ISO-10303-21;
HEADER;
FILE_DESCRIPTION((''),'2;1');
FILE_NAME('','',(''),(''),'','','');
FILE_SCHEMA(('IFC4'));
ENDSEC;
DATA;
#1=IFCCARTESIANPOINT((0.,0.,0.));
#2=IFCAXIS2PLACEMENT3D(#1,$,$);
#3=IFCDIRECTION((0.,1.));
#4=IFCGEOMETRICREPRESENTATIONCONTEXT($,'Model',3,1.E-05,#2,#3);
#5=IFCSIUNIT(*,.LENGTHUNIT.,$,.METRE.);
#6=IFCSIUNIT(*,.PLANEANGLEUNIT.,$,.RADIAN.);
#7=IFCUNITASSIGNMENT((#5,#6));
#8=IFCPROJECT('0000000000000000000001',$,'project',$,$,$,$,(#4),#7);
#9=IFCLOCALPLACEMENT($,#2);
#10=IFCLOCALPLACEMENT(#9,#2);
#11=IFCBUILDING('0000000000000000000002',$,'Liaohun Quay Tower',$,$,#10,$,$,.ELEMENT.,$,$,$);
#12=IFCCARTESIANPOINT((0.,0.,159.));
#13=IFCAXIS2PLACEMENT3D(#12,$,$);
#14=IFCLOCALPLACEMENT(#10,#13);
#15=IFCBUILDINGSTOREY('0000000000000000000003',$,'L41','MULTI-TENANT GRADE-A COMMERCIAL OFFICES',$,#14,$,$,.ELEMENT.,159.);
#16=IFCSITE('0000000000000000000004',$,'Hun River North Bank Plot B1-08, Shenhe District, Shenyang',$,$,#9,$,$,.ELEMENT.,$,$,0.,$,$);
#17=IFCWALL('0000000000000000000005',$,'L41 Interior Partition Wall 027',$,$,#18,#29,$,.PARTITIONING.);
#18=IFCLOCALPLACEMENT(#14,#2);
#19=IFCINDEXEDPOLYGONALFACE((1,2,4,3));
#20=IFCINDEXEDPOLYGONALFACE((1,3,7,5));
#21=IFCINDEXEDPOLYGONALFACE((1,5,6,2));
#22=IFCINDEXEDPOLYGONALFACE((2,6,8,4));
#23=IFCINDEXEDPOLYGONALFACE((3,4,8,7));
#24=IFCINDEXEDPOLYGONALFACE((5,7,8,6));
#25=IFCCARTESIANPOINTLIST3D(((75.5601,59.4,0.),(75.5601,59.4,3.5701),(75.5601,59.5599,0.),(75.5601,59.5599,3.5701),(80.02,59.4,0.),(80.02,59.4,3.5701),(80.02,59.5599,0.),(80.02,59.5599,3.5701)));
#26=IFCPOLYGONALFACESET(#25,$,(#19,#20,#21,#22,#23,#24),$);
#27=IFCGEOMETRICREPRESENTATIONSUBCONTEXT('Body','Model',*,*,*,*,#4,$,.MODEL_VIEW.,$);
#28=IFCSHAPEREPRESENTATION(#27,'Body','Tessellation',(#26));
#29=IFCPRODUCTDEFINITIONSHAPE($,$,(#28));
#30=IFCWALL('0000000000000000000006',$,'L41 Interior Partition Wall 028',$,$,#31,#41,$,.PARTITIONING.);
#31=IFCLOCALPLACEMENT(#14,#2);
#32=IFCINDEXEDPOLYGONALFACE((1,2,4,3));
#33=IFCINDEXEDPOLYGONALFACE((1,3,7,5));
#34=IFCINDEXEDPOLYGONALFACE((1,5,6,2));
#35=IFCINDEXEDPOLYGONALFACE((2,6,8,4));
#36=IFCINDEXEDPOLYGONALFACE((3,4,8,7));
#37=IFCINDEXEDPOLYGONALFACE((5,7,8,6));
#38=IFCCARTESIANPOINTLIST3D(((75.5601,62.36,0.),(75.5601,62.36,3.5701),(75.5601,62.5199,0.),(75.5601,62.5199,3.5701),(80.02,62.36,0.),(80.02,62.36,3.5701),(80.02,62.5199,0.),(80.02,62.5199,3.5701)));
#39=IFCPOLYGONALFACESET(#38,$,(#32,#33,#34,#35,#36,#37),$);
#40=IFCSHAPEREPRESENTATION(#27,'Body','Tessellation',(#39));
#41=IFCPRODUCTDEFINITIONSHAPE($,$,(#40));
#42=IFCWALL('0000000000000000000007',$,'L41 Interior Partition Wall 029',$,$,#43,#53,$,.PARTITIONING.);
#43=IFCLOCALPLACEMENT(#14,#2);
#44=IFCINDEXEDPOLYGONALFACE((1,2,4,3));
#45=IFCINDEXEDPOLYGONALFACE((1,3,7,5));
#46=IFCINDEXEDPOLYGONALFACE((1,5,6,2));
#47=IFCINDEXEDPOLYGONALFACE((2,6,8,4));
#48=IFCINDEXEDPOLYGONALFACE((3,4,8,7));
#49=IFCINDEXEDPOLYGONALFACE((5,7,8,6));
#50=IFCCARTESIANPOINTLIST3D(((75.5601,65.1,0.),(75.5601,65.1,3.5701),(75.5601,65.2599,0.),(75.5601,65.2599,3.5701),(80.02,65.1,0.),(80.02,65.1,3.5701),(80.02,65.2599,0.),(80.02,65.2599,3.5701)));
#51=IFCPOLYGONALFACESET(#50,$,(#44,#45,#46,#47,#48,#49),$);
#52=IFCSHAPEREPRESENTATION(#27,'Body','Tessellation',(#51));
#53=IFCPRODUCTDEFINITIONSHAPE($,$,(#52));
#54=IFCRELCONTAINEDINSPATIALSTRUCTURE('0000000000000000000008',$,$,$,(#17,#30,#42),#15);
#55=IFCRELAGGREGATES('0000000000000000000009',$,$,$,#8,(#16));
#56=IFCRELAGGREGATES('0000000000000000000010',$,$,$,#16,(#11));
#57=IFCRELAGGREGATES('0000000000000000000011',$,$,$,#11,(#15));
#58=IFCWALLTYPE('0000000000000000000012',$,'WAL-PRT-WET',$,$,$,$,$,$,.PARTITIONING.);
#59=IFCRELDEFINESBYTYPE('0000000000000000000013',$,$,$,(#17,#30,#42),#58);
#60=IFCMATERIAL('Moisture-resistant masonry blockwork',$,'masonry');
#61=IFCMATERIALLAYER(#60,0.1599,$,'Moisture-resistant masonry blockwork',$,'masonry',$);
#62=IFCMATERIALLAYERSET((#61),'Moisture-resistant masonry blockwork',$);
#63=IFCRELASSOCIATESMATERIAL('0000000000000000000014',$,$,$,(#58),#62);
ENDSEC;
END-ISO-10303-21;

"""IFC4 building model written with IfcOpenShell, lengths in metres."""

from ifc_helpers import new_model, si_unit, direction, frame, frame_2d, origin, place, context, subcontext, project, spatial, rectangle, extrude, material, layer, layer_set, type_object, element, save


model = new_model("IFC4")

# Units and contexts
model_context = context("Model", 3, precision=1e-05, world=origin(), true_north=direction((0.0, 1.0)))
body_context = subcontext(model_context, "Body", "Model", "MODEL_VIEW")
ifc_project = project(units=[si_unit("LENGTHUNIT", "METRE"), si_unit("PLANEANGLEUNIT", "RADIAN")], contexts=[model_context])

# Site, building, storey
site_placement = place(None, origin())
site = spatial("IfcSite", under=ifc_project, at=site_placement, Name="Hun River North Bank Plot B1-08, Shenhe District, Shenyang", CompositionType="ELEMENT", RefElevation=0.0)
building_placement = place(site_placement, origin())
building = spatial("IfcBuilding", under=site, at=building_placement, Name="Liaohun Quay Tower", CompositionType="ELEMENT")
storey_placement = place(building_placement, frame((0.0, 0.0, 159.0)))
storey = spatial("IfcBuildingStorey", under=building, at=storey_placement, Name="L41", Description="MULTI-TENANT GRADE-A COMMERCIAL OFFICES", CompositionType="ELEMENT", Elevation=159.0)

# Shared definitions
ifc_material_1 = material(Name="Moisture-resistant masonry blockwork", Category="masonry")
ifc_layer_1 = layer(ifc_material_1, 0.1599, Name="Moisture-resistant masonry blockwork", Category="masonry")
ifc_layer_set_1 = layer_set([ifc_layer_1], Name="Moisture-resistant masonry blockwork")
wall_type_1 = type_object("IfcWallType", Name="WAL-PRT-WET", PredefinedType="PARTITIONING", material=ifc_layer_set_1)

# Walls
for number, where, z_axis, x_axis, name in (
    (1, (75.5601, 59.48, 0.0), (0.0, 0.0, 1.0), (1.0, 0.0, 0.0), "L41 Interior Partition Wall 027"),
    (2, (75.5601, 62.4399, 0.0), (0.0, 0.0, 1.0), (1.0, 0.0, 0.0), "L41 Interior Partition Wall 028"),
    (3, (75.5601, 65.1799, 0.0), (0.0, 0.0, 1.0), (1.0, 0.0, 0.0), "L41 Interior Partition Wall 029"),
):
    element("IfcWall", number, at=place(storey_placement, frame(where, z_axis=z_axis, x_axis=x_axis)), inside=storey, type_object=wall_type_1, Name=name, PredefinedType="PARTITIONING", context=body_context, shape_type="SweptSolid", body=[
        extrude(rectangle(XDim=4.46, YDim=0.1599, at=frame_2d((2.23, 0.0))), origin(), (0.0, 0.0, 1.0), 3.5701),
    ])

save(model, "model.ifc")
